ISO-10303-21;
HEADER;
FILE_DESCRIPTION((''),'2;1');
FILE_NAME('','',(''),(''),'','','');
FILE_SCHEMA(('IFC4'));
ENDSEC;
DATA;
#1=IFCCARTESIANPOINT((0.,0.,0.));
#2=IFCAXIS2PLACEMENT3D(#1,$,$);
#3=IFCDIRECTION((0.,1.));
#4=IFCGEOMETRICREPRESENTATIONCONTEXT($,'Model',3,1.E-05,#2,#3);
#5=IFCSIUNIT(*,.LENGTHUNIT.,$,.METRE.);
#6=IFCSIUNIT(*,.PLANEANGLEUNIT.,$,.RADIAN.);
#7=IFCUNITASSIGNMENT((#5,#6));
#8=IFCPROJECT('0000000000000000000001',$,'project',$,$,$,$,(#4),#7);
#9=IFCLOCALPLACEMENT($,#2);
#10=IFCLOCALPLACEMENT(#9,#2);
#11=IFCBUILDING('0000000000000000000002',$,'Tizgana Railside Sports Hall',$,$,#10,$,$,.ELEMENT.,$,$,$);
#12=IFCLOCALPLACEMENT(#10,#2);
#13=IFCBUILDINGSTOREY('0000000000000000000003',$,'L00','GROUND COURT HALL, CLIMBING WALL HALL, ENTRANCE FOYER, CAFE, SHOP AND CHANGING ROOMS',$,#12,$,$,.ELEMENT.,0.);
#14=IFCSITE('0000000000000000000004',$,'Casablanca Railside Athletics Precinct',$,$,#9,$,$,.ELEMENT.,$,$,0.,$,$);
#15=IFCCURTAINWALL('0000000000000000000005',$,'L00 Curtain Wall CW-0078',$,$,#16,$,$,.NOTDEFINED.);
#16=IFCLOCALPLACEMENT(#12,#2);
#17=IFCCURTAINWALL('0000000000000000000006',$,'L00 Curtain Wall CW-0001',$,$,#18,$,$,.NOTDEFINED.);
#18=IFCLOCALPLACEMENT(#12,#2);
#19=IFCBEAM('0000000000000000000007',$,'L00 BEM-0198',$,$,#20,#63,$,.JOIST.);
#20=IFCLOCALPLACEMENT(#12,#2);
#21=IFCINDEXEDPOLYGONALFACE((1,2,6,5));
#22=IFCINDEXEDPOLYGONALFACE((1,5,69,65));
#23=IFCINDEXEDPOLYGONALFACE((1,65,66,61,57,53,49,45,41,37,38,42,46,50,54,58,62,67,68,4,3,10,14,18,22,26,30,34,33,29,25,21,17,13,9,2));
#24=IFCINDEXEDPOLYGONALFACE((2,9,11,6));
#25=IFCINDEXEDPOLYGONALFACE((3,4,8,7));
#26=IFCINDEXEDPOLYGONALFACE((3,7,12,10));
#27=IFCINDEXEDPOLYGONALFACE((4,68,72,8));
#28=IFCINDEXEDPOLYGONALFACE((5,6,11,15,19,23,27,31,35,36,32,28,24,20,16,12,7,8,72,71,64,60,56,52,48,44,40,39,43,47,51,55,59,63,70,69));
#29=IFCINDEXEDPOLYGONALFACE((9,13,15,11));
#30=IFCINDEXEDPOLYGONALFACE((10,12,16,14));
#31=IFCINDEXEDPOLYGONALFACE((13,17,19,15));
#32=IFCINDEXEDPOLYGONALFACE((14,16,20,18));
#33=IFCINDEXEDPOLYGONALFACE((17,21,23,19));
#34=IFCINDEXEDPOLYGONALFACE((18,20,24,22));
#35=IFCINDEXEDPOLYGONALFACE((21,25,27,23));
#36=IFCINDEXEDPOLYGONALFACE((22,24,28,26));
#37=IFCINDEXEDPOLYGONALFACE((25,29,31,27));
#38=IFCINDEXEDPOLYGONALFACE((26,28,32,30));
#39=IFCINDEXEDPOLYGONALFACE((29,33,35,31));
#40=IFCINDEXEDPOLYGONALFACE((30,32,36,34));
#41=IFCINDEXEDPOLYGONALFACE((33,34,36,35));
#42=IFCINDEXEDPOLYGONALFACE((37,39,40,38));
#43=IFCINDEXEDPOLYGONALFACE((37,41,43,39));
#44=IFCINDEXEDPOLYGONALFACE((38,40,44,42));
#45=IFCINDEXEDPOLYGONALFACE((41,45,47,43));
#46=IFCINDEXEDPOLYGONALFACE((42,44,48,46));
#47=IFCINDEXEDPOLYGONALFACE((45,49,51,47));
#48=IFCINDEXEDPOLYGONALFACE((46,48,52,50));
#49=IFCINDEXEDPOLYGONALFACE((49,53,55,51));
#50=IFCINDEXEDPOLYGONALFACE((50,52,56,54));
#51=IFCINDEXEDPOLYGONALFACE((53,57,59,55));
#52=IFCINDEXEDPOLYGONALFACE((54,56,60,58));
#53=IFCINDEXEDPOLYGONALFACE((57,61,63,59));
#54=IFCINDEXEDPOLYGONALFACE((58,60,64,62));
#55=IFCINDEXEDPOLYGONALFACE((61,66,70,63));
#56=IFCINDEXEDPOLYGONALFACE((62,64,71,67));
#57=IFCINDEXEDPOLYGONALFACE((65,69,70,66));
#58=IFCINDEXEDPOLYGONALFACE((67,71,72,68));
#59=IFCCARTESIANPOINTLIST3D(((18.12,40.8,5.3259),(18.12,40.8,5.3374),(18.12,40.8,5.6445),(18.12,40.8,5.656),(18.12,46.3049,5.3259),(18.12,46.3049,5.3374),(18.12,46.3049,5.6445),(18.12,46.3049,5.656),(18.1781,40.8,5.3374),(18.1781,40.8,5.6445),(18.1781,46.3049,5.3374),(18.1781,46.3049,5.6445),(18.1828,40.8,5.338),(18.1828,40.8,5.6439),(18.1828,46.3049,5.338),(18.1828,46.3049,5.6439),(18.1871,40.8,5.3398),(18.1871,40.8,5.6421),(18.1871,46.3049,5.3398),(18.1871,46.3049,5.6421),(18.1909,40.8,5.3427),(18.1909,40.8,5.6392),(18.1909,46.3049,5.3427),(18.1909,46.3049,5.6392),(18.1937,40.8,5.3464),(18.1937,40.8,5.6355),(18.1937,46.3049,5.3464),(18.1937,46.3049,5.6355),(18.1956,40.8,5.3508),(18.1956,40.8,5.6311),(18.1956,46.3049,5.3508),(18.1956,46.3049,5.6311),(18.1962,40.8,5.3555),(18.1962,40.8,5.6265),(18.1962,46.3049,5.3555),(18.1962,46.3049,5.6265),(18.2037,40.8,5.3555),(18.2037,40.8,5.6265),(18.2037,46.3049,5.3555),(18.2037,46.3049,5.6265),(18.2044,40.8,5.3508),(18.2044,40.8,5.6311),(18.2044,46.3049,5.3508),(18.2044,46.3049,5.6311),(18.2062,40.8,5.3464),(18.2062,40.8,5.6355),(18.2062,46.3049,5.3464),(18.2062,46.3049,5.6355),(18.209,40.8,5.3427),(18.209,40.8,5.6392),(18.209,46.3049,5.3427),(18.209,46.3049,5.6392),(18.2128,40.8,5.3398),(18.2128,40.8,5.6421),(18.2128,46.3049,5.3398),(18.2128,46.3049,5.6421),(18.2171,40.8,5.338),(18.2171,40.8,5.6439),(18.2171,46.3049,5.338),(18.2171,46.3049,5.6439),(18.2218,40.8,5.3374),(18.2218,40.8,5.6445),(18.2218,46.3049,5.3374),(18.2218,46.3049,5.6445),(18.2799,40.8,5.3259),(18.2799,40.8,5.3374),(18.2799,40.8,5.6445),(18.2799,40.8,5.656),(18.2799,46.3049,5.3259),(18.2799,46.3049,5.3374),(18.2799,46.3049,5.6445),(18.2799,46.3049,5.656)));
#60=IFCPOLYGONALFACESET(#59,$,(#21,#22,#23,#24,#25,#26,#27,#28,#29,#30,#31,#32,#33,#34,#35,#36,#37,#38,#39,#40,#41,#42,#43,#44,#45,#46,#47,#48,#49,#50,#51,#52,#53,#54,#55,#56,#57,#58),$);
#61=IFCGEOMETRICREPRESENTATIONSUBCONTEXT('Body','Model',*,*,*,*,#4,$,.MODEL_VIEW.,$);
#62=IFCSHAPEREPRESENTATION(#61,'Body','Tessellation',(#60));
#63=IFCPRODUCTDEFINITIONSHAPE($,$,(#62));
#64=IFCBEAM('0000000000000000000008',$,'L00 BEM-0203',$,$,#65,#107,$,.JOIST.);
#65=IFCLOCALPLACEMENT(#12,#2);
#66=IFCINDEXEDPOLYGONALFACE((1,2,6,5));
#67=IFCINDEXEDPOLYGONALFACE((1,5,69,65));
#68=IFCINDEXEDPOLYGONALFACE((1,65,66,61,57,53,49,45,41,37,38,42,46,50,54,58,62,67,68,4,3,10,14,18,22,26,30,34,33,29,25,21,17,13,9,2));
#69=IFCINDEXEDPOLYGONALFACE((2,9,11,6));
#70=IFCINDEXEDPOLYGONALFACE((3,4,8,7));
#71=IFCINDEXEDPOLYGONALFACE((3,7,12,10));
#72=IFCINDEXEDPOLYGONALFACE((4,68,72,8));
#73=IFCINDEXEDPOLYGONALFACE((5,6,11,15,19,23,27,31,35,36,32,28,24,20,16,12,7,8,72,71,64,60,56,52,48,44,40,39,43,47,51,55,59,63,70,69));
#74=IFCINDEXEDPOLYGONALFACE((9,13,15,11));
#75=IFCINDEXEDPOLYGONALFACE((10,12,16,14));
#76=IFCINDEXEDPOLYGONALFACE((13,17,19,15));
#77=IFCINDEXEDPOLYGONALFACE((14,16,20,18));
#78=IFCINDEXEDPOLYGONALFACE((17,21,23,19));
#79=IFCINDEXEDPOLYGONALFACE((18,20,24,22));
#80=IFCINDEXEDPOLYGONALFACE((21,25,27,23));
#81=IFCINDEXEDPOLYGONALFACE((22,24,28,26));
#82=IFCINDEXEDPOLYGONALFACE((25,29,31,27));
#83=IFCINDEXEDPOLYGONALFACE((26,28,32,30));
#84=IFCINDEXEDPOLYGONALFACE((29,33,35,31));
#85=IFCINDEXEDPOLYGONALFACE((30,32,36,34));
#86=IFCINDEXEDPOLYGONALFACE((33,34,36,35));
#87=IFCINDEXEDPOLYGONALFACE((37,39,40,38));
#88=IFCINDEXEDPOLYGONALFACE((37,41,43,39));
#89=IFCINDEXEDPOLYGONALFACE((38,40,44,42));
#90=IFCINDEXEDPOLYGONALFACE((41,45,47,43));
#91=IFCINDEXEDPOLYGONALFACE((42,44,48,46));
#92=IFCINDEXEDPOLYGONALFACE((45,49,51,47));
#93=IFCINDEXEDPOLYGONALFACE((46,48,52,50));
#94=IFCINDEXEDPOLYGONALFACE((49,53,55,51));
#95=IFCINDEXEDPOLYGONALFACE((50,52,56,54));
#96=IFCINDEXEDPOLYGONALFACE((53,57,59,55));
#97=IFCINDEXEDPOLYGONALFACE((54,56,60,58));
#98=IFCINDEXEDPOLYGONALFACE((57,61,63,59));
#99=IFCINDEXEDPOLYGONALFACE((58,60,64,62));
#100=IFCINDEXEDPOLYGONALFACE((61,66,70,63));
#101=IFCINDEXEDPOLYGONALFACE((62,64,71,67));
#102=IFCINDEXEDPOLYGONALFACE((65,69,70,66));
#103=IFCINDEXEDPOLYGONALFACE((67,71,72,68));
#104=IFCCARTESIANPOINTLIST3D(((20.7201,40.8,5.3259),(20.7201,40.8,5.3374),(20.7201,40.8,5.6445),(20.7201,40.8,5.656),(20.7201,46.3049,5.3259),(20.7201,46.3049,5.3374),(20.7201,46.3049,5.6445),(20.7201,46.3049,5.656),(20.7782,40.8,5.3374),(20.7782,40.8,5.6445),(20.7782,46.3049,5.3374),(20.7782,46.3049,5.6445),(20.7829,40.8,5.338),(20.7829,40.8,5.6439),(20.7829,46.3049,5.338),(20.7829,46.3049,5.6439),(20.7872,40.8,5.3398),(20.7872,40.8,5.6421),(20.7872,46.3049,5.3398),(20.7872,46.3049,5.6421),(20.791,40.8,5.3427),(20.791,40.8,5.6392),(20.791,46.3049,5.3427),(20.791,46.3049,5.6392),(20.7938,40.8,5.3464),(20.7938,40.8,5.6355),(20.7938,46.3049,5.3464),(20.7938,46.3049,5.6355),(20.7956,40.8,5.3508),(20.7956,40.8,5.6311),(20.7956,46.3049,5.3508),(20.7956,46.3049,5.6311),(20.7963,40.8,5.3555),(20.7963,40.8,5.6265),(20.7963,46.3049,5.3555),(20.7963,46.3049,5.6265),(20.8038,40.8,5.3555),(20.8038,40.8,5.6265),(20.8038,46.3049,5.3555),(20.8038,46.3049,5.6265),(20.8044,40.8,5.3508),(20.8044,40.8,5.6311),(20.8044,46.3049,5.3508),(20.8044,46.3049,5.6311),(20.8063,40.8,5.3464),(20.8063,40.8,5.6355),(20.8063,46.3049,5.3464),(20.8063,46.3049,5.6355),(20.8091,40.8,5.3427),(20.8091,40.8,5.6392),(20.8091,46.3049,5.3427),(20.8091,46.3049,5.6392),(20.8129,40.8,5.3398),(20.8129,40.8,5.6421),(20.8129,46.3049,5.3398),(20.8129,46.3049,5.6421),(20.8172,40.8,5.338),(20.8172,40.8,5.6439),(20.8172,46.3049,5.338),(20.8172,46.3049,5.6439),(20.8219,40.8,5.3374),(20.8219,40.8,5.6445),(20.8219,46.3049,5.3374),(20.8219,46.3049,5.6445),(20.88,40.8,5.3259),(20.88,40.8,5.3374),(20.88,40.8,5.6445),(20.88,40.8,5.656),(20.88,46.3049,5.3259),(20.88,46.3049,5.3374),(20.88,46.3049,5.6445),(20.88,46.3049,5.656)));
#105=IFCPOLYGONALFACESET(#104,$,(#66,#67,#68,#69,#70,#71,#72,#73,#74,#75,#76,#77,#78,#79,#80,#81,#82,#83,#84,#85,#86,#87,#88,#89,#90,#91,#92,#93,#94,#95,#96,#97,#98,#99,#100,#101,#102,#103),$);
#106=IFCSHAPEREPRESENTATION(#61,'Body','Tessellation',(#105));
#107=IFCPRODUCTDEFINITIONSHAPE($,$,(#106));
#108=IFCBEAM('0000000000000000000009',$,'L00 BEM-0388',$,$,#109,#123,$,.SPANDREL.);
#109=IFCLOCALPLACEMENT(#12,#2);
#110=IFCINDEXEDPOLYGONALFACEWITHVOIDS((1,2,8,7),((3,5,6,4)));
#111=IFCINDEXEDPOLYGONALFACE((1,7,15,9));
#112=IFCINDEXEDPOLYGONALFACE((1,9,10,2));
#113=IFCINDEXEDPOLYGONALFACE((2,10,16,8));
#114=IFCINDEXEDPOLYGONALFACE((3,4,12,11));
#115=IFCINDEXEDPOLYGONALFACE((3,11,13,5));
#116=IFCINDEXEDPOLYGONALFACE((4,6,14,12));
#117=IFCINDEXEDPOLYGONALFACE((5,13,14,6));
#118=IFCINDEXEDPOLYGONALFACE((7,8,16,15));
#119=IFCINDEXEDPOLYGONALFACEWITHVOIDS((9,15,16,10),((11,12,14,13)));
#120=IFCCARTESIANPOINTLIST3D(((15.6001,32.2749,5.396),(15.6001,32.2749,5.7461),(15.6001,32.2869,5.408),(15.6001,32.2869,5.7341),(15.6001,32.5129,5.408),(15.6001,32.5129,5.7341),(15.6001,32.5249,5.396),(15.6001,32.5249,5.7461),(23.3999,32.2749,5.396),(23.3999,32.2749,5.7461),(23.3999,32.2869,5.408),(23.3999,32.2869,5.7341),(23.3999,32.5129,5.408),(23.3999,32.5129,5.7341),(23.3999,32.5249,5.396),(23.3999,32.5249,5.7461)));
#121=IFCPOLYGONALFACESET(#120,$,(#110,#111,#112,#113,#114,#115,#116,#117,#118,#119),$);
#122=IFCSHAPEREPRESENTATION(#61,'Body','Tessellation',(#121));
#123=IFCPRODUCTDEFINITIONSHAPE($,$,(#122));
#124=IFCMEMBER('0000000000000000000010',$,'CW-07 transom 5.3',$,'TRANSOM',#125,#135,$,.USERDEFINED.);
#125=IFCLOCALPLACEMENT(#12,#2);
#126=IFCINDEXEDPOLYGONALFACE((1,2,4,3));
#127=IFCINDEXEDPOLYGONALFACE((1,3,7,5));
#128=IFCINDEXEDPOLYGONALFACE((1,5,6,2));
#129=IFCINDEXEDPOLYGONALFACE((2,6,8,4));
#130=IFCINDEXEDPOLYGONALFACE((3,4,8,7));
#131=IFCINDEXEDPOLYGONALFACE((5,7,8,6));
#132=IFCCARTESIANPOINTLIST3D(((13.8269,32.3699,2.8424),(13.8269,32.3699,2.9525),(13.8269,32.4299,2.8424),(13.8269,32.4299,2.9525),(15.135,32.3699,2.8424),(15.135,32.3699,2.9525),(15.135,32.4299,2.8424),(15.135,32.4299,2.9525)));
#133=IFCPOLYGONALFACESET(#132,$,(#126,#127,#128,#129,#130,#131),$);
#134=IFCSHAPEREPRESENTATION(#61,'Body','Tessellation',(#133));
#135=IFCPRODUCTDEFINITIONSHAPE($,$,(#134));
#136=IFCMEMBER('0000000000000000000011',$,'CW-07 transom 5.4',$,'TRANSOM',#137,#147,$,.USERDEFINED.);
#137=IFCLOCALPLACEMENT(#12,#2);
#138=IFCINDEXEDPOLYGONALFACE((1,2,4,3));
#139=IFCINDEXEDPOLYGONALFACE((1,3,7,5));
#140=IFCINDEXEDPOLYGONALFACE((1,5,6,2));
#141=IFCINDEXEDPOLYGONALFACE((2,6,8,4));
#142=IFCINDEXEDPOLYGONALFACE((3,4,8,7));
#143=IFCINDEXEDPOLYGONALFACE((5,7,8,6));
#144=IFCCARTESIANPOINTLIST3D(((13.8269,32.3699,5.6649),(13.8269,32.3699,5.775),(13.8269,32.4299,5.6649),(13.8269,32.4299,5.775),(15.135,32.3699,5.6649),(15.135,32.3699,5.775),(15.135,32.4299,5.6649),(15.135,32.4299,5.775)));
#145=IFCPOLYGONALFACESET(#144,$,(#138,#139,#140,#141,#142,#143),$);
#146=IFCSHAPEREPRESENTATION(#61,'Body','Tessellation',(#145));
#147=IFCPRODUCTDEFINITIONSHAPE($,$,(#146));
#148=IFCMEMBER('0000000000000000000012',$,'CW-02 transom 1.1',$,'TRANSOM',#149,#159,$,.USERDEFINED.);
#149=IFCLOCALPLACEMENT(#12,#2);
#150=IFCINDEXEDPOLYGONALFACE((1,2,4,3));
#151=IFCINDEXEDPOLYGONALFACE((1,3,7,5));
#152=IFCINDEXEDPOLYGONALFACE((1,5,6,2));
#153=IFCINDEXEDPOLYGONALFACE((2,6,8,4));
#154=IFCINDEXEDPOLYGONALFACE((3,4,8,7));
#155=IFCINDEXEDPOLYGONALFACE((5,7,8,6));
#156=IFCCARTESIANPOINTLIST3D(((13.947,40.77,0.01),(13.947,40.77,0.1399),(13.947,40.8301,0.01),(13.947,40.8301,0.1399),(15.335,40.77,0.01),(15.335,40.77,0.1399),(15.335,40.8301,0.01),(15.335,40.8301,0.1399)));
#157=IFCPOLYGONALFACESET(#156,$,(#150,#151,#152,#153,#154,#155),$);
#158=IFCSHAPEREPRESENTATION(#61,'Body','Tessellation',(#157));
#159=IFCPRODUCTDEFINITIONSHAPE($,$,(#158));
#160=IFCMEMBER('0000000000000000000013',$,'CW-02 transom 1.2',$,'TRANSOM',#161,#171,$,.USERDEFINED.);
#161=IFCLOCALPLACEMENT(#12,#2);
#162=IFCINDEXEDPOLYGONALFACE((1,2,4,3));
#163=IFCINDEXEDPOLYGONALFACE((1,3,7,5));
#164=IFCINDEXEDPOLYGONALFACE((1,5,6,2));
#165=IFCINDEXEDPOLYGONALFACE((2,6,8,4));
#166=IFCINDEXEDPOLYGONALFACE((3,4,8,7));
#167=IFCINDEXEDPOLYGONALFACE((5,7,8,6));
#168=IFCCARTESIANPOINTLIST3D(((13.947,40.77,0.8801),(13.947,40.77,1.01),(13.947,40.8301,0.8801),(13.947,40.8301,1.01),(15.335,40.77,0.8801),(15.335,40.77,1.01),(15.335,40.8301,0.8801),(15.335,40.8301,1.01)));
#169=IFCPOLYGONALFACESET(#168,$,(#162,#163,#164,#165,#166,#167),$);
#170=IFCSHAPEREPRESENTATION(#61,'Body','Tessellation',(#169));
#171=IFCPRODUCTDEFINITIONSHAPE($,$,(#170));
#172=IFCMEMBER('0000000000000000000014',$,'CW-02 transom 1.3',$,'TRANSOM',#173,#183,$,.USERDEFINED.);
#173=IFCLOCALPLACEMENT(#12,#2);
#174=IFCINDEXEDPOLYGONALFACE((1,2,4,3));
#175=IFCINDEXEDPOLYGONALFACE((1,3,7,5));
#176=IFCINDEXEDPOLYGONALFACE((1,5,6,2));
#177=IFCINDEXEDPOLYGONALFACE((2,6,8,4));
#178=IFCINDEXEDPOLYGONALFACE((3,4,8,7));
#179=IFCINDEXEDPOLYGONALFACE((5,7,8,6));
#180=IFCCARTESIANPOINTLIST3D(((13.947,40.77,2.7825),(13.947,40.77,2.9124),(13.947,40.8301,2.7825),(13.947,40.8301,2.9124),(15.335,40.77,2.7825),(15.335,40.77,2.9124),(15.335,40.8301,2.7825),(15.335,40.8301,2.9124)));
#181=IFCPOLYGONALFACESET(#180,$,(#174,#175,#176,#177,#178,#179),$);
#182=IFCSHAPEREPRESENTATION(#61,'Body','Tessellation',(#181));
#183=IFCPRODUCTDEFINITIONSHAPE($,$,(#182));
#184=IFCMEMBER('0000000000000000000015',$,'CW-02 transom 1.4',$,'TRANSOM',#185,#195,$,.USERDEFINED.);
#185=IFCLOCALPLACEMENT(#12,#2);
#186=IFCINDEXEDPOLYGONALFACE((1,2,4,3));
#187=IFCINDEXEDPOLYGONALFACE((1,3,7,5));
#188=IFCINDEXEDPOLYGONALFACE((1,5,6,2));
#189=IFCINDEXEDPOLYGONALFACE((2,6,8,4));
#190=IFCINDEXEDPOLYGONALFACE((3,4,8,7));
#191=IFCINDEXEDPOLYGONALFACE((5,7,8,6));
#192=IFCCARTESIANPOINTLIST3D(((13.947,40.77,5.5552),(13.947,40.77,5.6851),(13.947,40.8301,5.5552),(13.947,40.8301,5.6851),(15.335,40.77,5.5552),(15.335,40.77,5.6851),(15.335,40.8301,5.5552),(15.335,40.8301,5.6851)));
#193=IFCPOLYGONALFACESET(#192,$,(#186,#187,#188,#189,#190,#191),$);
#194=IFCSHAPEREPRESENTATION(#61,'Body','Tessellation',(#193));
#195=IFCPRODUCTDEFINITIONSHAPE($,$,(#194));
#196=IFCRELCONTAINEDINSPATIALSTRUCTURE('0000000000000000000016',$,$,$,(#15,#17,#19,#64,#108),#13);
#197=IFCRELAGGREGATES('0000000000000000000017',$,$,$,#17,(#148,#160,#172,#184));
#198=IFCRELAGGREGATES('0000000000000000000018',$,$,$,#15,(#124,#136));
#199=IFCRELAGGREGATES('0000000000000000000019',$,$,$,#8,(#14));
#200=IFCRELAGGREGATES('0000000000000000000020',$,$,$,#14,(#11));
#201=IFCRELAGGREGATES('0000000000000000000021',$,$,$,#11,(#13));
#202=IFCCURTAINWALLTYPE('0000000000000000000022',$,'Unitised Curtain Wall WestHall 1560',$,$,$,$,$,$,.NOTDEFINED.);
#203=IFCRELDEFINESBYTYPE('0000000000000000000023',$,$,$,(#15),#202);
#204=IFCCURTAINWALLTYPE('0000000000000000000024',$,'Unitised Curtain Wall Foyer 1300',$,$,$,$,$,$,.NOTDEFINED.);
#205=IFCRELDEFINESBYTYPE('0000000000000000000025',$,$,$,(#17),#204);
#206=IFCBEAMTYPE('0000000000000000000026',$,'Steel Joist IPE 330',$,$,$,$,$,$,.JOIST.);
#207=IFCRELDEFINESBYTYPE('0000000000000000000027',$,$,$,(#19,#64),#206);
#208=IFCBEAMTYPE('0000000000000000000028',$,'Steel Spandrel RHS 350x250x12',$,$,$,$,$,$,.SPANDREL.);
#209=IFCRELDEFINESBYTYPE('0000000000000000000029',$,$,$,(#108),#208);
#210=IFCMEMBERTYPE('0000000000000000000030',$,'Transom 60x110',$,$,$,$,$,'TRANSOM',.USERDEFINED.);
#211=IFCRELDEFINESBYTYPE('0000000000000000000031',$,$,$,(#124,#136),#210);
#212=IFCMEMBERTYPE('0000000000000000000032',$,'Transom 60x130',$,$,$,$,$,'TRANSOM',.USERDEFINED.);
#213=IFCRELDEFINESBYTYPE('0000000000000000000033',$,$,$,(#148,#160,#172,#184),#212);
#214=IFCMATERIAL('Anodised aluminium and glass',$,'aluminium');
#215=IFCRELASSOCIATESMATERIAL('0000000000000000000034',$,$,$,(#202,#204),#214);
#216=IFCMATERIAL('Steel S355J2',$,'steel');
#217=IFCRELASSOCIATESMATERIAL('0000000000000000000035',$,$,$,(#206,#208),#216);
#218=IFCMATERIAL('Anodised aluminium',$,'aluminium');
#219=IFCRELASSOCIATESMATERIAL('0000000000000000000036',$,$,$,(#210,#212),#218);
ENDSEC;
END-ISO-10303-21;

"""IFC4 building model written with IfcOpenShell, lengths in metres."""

from ifc_helpers import new_model, si_unit, direction, frame, origin, origin_2d, place, context, subcontext, project, spatial, rectangle, hollow_rectangle, i_section, extrude, material, material_profile, profile_set, type_object, element, aggregate, save


model = new_model("IFC4")

# Units and contexts
model_context = context("Model", 3, precision=1e-05, world=origin(), true_north=direction((0.0, 1.0)))
body_context = subcontext(model_context, "Body", "Model", "MODEL_VIEW")
ifc_project = project(units=[si_unit("LENGTHUNIT", "METRE"), si_unit("PLANEANGLEUNIT", "RADIAN")], contexts=[model_context])

# Site, building, storey
site_placement = place(None, origin())
site = spatial("IfcSite", under=ifc_project, at=site_placement, Name="Casablanca Railside Athletics Precinct", CompositionType="ELEMENT", RefElevation=0.0)
building_placement = place(site_placement, origin())
building = spatial("IfcBuilding", under=site, at=building_placement, Name="Tizgana Railside Sports Hall", CompositionType="ELEMENT")
storey_placement = place(building_placement, origin())
storey = spatial("IfcBuildingStorey", under=building, at=storey_placement, Name="L00", Description="GROUND COURT HALL, CLIMBING WALL HALL, ENTRANCE FOYER, CAFE, SHOP AND CHANGING ROOMS", CompositionType="ELEMENT", Elevation=0.0)

# Shared definitions
ifc_material_1 = material(Name="Steel S355J2", Category="steel")

# Curtain wall
ifc_material_2 = material(Name="Anodised aluminium and glass", Category="aluminium")
curtain_wall_type_1 = type_object("IfcCurtainWallType", Name="Unitised Curtain Wall WestHall 1560", PredefinedType="NOTDEFINED", material=ifc_material_2)
curtain_wall_1_placement = place(storey_placement, origin())
curtain_wall_1 = element("IfcCurtainWall", 1, at=curtain_wall_1_placement, inside=storey, type_object=curtain_wall_type_1, Name="L00 Curtain Wall CW-0078", PredefinedType="NOTDEFINED")
ifc_material_3 = material(Name="Anodised aluminium", Category="aluminium")

# Curtain wall
curtain_wall_type_2 = type_object("IfcCurtainWallType", Name="Unitised Curtain Wall Foyer 1300", PredefinedType="NOTDEFINED", material=ifc_material_2)
curtain_wall_2_placement = place(storey_placement, origin())
curtain_wall_2 = element("IfcCurtainWall", 2, at=curtain_wall_2_placement, inside=storey, type_object=curtain_wall_type_2, Name="L00 Curtain Wall CW-0001", PredefinedType="NOTDEFINED")

# Beams
ifc_material_profile_1 = material_profile(ifc_material_1, i_section(OverallWidth=0.1599, OverallDepth=0.3301, WebThickness=0.0076, FlangeThickness=0.0115, FilletRadius=0.0181, at=origin_2d()), Name="IPE 330")
ifc_profile_set_1 = profile_set([ifc_material_profile_1], Name="Steel S355J2")
beam_type_1 = type_object("IfcBeamType", Name="Steel Joist IPE 330", PredefinedType="JOIST", material=ifc_profile_set_1)
for number, where, z_axis, x_axis, name in (
    (3, (18.2, 40.8, 5.491), (0.0, 1.0, 0.0), (-1.0, 0.0, 0.0), "L00 BEM-0198"),
    (4, (20.8, 40.8, 5.491), (0.0, 1.0, 0.0), (-1.0, 0.0, 0.0), "L00 BEM-0203"),
):
    element("IfcBeam", number, at=place(storey_placement, frame(where, z_axis=z_axis, x_axis=x_axis)), inside=storey, type_object=beam_type_1, Name=name, PredefinedType="JOIST", context=body_context, shape_type="SweptSolid", body=[
        extrude(i_section(OverallWidth=0.1599, OverallDepth=0.3301, WebThickness=0.0076, FlangeThickness=0.0115, FilletRadius=0.0181, at=origin_2d()), origin(), (0.0, 0.0, 1.0), 5.5049),
    ])
ifc_material_profile_2 = material_profile(ifc_material_1, hollow_rectangle(XDim=0.25, YDim=0.3501, WallThickness=0.012, at=origin_2d()), Name="RHS 350x250x12")
ifc_profile_set_2 = profile_set([ifc_material_profile_2], Name="Steel S355J2")
beam_type_2 = type_object("IfcBeamType", Name="Steel Spandrel RHS 350x250x12", PredefinedType="SPANDREL", material=ifc_profile_set_2)
beam_1_placement = place(storey_placement, frame((15.6001, 32.3999, 5.571), z_axis=(1.0, 0.0, 0.0), x_axis=(0.0, 1.0, 0.0)))
element("IfcBeam", 5, at=beam_1_placement, inside=storey, type_object=beam_type_2, Name="L00 BEM-0388", PredefinedType="SPANDREL", context=body_context, shape_type="SweptSolid", body=[
    extrude(hollow_rectangle(XDim=0.25, YDim=0.3501, WallThickness=0.012, at=origin_2d()), origin(), (0.0, 0.0, 1.0), 7.7998),
])

# Members
ifc_material_profile_3 = material_profile(ifc_material_3, rectangle(XDim=0.0601, YDim=0.1101, at=origin_2d()), Name="Transom 60x110")
ifc_profile_set_3 = profile_set([ifc_material_profile_3], Name="Anodised aluminium")
member_type_1 = type_object("IfcMemberType", Name="Transom 60x110", ElementType="TRANSOM", PredefinedType="USERDEFINED", material=ifc_profile_set_3)
member_1_placement = place(storey_placement, frame((13.8269, 32.3999, 2.8975), z_axis=(1.0, 0.0, 0.0), x_axis=(0.0, 1.0, 0.0)))
member_1 = element("IfcMember", 6, at=member_1_placement, type_object=member_type_1, Name="CW-07 transom 5.3", ObjectType="TRANSOM", PredefinedType="USERDEFINED", context=body_context, shape_type="SweptSolid", body=[
    extrude(rectangle(XDim=0.0601, YDim=0.1101, at=origin_2d()), origin(), (0.0, 0.0, 1.0), 1.3081),
])
member_2_placement = place(storey_placement, frame((13.8269, 32.3999, 5.72), z_axis=(1.0, 0.0, 0.0), x_axis=(0.0, 1.0, 0.0)))
member_2 = element("IfcMember", 7, at=member_2_placement, type_object=member_type_1, Name="CW-07 transom 5.4", ObjectType="TRANSOM", PredefinedType="USERDEFINED", context=body_context, shape_type="SweptSolid", body=[
    extrude(rectangle(XDim=0.0601, YDim=0.1101, at=origin_2d()), origin(), (0.0, 0.0, 1.0), 1.3081),
])
ifc_material_profile_4 = material_profile(ifc_material_3, rectangle(XDim=0.0601, YDim=0.1299, at=origin_2d()), Name="Transom 60x130")
ifc_profile_set_4 = profile_set([ifc_material_profile_4], Name="Anodised aluminium")
member_type_2 = type_object("IfcMemberType", Name="Transom 60x130", ElementType="TRANSOM", PredefinedType="USERDEFINED", material=ifc_profile_set_4)
member_3_placement = place(storey_placement, frame((15.335, 40.8, 0.075), z_axis=(-1.0, 0.0, 0.0), x_axis=(0.0, -1.0, 0.0)))
member_3 = element("IfcMember", 8, at=member_3_placement, type_object=member_type_2, Name="CW-02 transom 1.1", ObjectType="TRANSOM", PredefinedType="USERDEFINED", context=body_context, shape_type="SweptSolid", body=[
    extrude(rectangle(XDim=0.0601, YDim=0.1299, at=origin_2d()), origin(), (0.0, 0.0, 1.0), 1.3879),
])
member_4_placement = place(storey_placement, frame((15.335, 40.8, 0.9451), z_axis=(-1.0, 0.0, 0.0), x_axis=(0.0, -1.0, 0.0)))
member_4 = element("IfcMember", 9, at=member_4_placement, type_object=member_type_2, Name="CW-02 transom 1.2", ObjectType="TRANSOM", PredefinedType="USERDEFINED", context=body_context, shape_type="SweptSolid", body=[
    extrude(rectangle(XDim=0.0601, YDim=0.1299, at=origin_2d()), origin(), (0.0, 0.0, 1.0), 1.3879),
])
member_5_placement = place(storey_placement, frame((15.335, 40.8, 2.8474), z_axis=(-1.0, 0.0, 0.0), x_axis=(0.0, -1.0, 0.0)))
member_5 = element("IfcMember", 10, at=member_5_placement, type_object=member_type_2, Name="CW-02 transom 1.3", ObjectType="TRANSOM", PredefinedType="USERDEFINED", context=body_context, shape_type="SweptSolid", body=[
    extrude(rectangle(XDim=0.0601, YDim=0.1299, at=origin_2d()), origin(), (0.0, 0.0, 1.0), 1.3879),
])
member_6_placement = place(storey_placement, frame((15.335, 40.8, 5.6201), z_axis=(-1.0, 0.0, 0.0), x_axis=(0.0, -1.0, 0.0)))
member_6 = element("IfcMember", 11, at=member_6_placement, type_object=member_type_2, Name="CW-02 transom 1.4", ObjectType="TRANSOM", PredefinedType="USERDEFINED", context=body_context, shape_type="SweptSolid", body=[
    extrude(rectangle(XDim=0.0601, YDim=0.1299, at=origin_2d()), origin(), (0.0, 0.0, 1.0), 1.3879),
])

aggregate(curtain_wall_2, [member_3, member_4, member_5, member_6])
aggregate(curtain_wall_1, [member_1, member_2])

save(model, "model.ifc")
